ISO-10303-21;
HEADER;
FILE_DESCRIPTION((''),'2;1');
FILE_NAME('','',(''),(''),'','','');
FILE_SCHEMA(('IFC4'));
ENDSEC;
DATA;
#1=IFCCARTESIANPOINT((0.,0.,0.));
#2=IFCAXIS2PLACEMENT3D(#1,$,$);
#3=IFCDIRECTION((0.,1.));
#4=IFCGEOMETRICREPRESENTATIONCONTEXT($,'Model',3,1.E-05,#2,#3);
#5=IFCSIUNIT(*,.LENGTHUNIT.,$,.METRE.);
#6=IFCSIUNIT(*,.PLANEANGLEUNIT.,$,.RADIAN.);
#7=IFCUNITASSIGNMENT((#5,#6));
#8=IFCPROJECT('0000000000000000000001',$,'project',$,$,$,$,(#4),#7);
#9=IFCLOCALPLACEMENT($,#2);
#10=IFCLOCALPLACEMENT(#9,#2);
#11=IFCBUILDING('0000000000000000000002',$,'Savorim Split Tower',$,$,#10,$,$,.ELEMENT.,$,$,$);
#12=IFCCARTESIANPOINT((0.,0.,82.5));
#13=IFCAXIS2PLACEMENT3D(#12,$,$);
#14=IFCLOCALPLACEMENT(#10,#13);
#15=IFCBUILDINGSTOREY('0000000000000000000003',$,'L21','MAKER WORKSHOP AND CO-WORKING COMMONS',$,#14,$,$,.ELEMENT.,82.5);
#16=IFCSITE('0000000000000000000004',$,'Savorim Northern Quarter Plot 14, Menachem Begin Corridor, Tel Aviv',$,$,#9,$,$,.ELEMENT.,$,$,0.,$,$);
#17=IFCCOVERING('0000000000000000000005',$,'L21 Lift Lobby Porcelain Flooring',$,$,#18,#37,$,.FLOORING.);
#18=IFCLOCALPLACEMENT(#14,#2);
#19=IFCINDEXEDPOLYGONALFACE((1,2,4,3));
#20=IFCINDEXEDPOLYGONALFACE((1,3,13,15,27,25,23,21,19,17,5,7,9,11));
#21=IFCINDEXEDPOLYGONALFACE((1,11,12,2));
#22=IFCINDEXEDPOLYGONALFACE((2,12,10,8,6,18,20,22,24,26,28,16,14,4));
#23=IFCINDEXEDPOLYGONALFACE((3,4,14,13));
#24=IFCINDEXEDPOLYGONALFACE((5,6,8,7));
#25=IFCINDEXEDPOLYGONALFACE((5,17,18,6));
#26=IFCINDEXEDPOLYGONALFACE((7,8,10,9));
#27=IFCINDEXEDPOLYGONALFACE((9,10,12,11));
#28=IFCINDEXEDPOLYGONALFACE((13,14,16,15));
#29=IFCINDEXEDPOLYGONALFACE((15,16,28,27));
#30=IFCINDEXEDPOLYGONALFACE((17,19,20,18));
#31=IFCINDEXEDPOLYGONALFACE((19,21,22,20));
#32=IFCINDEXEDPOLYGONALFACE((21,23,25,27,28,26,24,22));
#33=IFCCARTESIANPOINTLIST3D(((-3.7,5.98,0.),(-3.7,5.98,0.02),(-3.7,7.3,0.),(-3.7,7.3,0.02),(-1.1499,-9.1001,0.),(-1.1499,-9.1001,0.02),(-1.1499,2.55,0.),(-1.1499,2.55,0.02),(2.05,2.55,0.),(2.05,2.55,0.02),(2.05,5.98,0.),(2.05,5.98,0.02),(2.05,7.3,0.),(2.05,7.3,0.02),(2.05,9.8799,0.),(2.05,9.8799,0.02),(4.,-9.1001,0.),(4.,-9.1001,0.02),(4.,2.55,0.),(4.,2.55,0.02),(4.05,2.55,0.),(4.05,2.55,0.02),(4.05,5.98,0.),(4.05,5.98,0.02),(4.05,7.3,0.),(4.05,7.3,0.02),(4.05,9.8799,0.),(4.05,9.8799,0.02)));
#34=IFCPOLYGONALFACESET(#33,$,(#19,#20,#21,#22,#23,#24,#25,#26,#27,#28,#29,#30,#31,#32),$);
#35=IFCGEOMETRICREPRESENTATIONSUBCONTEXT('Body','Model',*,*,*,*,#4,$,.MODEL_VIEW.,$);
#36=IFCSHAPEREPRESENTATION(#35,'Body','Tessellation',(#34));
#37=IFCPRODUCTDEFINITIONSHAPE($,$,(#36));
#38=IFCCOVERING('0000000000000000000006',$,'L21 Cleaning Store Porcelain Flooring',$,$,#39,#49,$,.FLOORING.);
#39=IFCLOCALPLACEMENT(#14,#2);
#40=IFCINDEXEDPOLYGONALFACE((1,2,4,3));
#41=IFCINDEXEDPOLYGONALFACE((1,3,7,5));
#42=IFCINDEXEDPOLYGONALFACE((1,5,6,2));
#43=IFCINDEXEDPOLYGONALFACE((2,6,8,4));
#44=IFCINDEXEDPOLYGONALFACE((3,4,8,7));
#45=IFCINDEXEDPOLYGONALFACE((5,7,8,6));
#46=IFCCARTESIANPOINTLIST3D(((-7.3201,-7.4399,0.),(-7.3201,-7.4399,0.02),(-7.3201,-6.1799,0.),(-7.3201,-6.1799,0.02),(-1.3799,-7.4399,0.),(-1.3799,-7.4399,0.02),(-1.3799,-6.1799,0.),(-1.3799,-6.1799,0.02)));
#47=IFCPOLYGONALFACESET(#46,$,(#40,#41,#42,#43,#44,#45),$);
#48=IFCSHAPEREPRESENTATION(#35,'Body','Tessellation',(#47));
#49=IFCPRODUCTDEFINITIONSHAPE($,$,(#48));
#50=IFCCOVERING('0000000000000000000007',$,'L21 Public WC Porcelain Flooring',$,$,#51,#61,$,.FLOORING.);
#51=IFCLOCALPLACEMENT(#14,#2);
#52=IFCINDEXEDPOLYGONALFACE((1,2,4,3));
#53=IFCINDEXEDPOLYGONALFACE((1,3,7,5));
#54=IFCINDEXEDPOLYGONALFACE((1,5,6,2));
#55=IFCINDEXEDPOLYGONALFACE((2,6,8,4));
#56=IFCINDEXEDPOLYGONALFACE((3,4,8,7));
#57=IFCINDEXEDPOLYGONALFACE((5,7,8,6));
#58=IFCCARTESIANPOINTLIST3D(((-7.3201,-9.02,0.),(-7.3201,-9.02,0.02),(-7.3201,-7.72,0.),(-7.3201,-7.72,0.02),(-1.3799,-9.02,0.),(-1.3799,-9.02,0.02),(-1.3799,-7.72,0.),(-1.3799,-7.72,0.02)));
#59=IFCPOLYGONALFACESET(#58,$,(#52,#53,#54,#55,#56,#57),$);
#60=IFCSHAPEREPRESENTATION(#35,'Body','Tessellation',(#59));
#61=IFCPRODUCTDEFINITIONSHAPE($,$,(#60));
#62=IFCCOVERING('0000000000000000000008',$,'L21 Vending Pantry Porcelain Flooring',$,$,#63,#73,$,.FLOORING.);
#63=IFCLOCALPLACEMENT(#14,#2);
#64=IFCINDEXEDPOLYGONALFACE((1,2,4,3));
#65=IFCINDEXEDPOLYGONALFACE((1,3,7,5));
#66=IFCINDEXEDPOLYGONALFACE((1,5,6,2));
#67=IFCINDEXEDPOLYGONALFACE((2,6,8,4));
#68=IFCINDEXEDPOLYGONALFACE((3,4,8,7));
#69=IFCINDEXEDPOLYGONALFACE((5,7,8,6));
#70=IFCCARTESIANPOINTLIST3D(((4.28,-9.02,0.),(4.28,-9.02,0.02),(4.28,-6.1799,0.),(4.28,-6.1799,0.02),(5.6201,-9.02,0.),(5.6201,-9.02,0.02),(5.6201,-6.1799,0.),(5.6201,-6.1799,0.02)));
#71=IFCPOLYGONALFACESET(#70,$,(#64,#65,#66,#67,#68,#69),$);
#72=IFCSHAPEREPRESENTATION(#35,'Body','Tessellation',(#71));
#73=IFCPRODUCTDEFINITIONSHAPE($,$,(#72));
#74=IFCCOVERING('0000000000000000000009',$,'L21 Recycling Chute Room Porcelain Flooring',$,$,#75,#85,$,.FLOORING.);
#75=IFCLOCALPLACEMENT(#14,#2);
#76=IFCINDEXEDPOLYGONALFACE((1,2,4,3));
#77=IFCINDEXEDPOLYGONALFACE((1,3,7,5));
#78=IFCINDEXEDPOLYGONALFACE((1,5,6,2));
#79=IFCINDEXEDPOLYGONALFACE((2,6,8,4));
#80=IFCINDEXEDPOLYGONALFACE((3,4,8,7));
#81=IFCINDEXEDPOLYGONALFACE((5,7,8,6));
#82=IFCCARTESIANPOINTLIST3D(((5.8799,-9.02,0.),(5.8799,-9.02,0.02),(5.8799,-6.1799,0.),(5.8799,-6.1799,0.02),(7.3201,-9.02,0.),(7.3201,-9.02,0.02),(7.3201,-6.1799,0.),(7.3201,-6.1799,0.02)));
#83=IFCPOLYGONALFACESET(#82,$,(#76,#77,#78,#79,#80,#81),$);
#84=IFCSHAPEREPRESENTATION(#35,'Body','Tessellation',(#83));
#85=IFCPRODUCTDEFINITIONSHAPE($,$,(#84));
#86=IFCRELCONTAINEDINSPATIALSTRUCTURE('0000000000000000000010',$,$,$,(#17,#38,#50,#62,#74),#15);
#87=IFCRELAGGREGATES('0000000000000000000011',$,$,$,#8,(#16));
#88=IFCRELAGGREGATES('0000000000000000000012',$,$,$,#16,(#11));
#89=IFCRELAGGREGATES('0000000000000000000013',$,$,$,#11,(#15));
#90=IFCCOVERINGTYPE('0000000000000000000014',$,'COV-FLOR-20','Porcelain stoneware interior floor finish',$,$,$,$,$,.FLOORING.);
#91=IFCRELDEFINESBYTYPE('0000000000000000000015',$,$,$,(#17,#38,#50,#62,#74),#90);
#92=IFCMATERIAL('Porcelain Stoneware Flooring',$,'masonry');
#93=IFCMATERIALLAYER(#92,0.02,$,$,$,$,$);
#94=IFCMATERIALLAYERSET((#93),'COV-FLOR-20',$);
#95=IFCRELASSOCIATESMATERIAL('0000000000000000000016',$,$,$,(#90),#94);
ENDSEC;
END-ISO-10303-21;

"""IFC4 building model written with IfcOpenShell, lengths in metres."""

from ifc_helpers import new_model, si_unit, direction, frame, origin, place, context, subcontext, project, spatial, polyline, outline, extrude, material, layer, layer_set, type_object, element, save


model = new_model("IFC4")

# Units and contexts
model_context = context("Model", 3, precision=1e-05, world=origin(), true_north=direction((0.0, 1.0)))
body_context = subcontext(model_context, "Body", "Model", "MODEL_VIEW")
ifc_project = project(units=[si_unit("LENGTHUNIT", "METRE"), si_unit("PLANEANGLEUNIT", "RADIAN")], contexts=[model_context])

# Site, building, storey
site_placement = place(None, origin())
site = spatial("IfcSite", under=ifc_project, at=site_placement, Name="Savorim Northern Quarter Plot 14, Menachem Begin Corridor, Tel Aviv", CompositionType="ELEMENT", RefElevation=0.0)
building_placement = place(site_placement, origin())
building = spatial("IfcBuilding", under=site, at=building_placement, Name="Savorim Split Tower", CompositionType="ELEMENT")
storey_placement = place(building_placement, frame((0.0, 0.0, 82.5)))
storey = spatial("IfcBuildingStorey", under=building, at=storey_placement, Name="L21", Description="MAKER WORKSHOP AND CO-WORKING COMMONS", CompositionType="ELEMENT", Elevation=82.5)

# Coverings
ifc_material_1 = material(Name="Porcelain Stoneware Flooring", Category="masonry")
ifc_layer_1 = layer(ifc_material_1, 0.02)
ifc_layer_set_1 = layer_set([ifc_layer_1], Name="COV-FLOR-20")
covering_type_1 = type_object("IfcCoveringType", Name="COV-FLOR-20", Description="Porcelain stoneware interior floor finish", PredefinedType="FLOORING", material=ifc_layer_set_1)
covering_1_placement = place(storey_placement, origin())
element("IfcCovering", 1, at=covering_1_placement, inside=storey, type_object=covering_type_1, Name="L21 Lift Lobby Porcelain Flooring", PredefinedType="FLOORING", context=body_context, shape_type="SweptSolid", body=[
    extrude(outline(polyline([(2.05, 2.55), (-1.1499, 2.55), (-1.1499, -9.1001), (4.0, -9.1001), (4.0, 2.55), (4.05, 2.55), (4.05, 5.98), (4.05, 7.3), (4.05, 9.8799), (2.05, 9.8799), (2.05, 7.3), (-3.7, 7.3), (-3.7, 5.98), (2.05, 5.98), (2.05, 2.55)])), origin(), (0.0, 0.0, 1.0), 0.02),
])
covering_2_placement = place(storey_placement, origin())
element("IfcCovering", 2, at=covering_2_placement, inside=storey, type_object=covering_type_1, Name="L21 Cleaning Store Porcelain Flooring", PredefinedType="FLOORING", context=body_context, shape_type="SweptSolid", body=[
    extrude(outline(polyline([(-7.3201, -6.1799), (-7.3201, -7.4399), (-1.3799, -7.4399), (-1.3799, -6.1799), (-7.3201, -6.1799)])), origin(), (0.0, 0.0, 1.0), 0.02),
])
covering_3_placement = place(storey_placement, origin())
element("IfcCovering", 3, at=covering_3_placement, inside=storey, type_object=covering_type_1, Name="L21 Public WC Porcelain Flooring", PredefinedType="FLOORING", context=body_context, shape_type="SweptSolid", body=[
    extrude(outline(polyline([(-7.3201, -7.72), (-7.3201, -9.02), (-1.3799, -9.02), (-1.3799, -7.72), (-7.3201, -7.72)])), origin(), (0.0, 0.0, 1.0), 0.02),
])
covering_4_placement = place(storey_placement, origin())
element("IfcCovering", 4, at=covering_4_placement, inside=storey, type_object=covering_type_1, Name="L21 Vending Pantry Porcelain Flooring", PredefinedType="FLOORING", context=body_context, shape_type="SweptSolid", body=[
    extrude(outline(polyline([(4.28, -6.1799), (4.28, -9.02), (5.6201, -9.02), (5.6201, -6.1799), (4.28, -6.1799)])), origin(), (0.0, 0.0, 1.0), 0.02),
])
covering_5_placement = place(storey_placement, origin())
element("IfcCovering", 5, at=covering_5_placement, inside=storey, type_object=covering_type_1, Name="L21 Recycling Chute Room Porcelain Flooring", PredefinedType="FLOORING", context=body_context, shape_type="SweptSolid", body=[
    extrude(outline(polyline([(5.8799, -6.1799), (5.8799, -9.02), (7.3201, -9.02), (7.3201, -6.1799), (5.8799, -6.1799)])), origin(), (0.0, 0.0, 1.0), 0.02),
])

save(model, "model.ifc")
